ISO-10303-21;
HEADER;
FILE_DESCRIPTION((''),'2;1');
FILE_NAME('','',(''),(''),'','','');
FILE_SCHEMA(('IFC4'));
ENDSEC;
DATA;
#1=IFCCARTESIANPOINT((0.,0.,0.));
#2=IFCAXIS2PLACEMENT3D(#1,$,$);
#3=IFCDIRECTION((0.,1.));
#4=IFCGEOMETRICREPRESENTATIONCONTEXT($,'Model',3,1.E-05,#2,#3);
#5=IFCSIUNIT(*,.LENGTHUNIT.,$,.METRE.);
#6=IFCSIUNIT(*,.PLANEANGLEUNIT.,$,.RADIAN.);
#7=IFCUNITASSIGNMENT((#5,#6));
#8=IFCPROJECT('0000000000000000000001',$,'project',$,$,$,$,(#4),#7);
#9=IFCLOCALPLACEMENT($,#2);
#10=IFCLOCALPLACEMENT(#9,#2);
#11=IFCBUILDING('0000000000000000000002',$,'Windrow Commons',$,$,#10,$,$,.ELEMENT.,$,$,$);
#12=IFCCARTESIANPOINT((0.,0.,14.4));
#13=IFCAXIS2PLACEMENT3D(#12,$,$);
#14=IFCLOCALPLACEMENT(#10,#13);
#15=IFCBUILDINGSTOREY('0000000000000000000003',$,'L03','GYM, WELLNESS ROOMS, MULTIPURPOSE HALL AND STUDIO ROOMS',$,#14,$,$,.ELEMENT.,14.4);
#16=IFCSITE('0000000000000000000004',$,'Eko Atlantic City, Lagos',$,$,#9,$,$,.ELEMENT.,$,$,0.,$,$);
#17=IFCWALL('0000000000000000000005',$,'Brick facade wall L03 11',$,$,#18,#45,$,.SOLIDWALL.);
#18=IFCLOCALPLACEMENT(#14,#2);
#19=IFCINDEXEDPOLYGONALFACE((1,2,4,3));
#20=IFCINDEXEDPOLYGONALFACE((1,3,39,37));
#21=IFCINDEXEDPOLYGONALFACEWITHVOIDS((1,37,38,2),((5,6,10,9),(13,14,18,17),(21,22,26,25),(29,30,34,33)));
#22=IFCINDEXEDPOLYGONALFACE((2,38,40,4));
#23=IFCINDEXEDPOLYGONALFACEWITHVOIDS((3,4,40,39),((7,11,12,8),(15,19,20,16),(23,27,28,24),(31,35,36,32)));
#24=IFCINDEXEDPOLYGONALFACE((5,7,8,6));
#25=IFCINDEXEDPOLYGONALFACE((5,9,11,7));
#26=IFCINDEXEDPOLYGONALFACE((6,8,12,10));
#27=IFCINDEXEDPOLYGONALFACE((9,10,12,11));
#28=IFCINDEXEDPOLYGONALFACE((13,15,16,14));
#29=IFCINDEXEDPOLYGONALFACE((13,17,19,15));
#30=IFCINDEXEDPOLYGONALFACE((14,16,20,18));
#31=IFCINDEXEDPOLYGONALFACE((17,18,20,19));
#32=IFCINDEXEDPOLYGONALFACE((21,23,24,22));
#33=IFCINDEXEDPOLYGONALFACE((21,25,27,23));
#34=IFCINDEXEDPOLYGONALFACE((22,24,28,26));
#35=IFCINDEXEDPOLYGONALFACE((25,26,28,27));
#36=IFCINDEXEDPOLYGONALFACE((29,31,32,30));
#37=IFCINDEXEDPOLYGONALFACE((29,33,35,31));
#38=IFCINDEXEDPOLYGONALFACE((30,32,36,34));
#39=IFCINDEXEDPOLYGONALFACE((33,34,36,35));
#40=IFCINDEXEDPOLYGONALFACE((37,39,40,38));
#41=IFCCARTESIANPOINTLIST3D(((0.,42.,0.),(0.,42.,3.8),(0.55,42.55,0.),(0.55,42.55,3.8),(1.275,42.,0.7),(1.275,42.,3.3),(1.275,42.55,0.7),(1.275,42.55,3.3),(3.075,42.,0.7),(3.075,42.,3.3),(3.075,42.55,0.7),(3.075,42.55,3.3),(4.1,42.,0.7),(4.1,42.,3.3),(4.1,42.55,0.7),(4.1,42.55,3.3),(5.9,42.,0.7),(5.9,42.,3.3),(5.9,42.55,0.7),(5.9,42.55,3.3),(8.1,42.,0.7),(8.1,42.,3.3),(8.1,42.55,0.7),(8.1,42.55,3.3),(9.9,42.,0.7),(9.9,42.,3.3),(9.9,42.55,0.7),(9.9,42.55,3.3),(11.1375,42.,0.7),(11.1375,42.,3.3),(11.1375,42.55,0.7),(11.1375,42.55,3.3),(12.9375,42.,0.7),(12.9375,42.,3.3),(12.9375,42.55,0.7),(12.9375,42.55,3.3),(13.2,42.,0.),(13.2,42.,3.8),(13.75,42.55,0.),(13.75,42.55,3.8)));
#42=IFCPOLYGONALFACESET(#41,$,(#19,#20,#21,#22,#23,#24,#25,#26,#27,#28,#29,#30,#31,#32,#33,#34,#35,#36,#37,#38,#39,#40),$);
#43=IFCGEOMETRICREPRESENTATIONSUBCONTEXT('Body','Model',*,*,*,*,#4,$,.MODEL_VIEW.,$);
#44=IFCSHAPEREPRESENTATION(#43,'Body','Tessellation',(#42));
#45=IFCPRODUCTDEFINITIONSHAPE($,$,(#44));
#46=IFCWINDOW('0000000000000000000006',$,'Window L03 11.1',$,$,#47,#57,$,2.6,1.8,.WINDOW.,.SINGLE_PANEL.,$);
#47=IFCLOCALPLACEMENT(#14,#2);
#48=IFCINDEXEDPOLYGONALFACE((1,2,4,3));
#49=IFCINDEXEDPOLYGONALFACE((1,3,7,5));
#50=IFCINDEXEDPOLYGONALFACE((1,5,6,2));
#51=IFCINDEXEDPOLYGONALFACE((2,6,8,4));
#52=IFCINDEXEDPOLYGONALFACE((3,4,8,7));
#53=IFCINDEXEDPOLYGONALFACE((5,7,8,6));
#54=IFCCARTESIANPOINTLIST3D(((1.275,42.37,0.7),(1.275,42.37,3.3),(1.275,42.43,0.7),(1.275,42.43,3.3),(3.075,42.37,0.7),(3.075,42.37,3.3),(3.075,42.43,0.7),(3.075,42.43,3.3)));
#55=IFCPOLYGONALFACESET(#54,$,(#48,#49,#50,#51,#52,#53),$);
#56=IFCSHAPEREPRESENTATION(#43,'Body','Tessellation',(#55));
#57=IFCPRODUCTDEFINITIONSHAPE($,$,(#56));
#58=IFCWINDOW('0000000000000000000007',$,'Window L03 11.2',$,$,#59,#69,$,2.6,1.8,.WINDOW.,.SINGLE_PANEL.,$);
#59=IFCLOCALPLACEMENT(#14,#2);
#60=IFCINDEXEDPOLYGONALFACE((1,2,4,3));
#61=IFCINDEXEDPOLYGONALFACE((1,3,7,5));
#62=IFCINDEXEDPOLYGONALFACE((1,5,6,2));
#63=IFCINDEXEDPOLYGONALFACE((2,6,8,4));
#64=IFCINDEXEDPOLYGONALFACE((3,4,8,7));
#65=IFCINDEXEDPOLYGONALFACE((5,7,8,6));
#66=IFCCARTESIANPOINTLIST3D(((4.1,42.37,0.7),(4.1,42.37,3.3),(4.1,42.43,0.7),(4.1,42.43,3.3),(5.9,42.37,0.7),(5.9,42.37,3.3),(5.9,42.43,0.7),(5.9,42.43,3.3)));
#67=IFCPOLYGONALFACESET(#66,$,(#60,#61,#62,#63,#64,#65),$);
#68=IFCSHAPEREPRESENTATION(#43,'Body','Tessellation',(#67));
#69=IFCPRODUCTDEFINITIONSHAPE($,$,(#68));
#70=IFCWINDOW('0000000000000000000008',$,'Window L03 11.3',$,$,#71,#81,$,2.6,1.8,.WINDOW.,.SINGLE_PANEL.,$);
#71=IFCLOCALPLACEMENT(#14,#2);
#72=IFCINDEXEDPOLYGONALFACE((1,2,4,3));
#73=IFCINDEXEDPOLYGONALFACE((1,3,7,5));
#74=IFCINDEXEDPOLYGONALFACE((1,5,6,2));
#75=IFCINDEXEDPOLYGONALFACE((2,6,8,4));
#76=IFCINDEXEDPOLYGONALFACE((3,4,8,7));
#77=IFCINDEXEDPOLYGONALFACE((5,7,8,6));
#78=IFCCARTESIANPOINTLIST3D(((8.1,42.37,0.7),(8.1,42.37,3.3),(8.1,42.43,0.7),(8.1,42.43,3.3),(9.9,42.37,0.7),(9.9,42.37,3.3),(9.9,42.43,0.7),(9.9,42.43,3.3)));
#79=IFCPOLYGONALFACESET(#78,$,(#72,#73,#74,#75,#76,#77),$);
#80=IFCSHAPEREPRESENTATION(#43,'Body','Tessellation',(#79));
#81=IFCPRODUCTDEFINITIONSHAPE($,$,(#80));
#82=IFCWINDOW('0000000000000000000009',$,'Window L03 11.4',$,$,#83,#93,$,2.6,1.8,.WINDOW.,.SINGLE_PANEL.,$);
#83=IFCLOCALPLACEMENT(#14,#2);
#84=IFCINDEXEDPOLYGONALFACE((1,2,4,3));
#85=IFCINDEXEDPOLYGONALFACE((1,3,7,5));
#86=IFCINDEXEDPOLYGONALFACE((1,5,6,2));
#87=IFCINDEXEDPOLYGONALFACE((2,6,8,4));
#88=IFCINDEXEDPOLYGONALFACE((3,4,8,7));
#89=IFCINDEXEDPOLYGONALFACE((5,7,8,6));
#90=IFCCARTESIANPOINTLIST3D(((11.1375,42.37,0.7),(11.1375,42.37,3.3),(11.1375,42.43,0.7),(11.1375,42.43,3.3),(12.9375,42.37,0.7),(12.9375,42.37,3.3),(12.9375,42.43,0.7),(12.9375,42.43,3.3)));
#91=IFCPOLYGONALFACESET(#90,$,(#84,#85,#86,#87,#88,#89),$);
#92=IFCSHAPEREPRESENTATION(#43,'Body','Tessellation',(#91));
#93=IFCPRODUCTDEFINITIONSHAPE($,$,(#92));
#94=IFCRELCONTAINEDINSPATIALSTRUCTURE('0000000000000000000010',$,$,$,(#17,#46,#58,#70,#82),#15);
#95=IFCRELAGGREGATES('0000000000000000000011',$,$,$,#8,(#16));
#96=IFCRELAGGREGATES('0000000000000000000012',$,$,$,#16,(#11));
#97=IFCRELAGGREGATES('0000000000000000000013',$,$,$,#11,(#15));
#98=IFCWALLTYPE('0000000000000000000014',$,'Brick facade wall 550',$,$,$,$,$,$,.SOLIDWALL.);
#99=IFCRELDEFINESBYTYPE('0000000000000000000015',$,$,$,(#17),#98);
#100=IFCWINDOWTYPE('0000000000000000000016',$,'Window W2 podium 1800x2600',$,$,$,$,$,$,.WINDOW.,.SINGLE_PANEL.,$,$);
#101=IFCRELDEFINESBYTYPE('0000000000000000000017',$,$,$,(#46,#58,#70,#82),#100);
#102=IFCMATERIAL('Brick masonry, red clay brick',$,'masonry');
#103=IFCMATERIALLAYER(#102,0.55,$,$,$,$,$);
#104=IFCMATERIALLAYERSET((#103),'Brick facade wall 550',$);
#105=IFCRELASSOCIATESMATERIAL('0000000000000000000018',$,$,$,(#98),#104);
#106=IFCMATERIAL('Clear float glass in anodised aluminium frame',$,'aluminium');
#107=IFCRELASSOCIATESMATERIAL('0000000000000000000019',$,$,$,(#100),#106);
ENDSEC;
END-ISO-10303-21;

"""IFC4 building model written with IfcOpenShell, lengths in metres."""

from ifc_helpers import new_model, si_unit, direction, frame, frame_2d, origin, place, context, subcontext, project, spatial, polyline, rectangle, outline, extrude, material, layer, layer_set, type_object, element, fill, save


model = new_model("IFC4")

# Units and contexts
model_context = context("Model", 3, precision=1e-05, world=origin(), true_north=direction((0.0, 1.0)))
body_context = subcontext(model_context, "Body", "Model", "MODEL_VIEW")
ifc_project = project(units=[si_unit("LENGTHUNIT", "METRE"), si_unit("PLANEANGLEUNIT", "RADIAN")], contexts=[model_context])

# Site, building, storey
site_placement = place(None, origin())
site = spatial("IfcSite", under=ifc_project, at=site_placement, Name="Eko Atlantic City, Lagos", CompositionType="ELEMENT", RefElevation=0.0)
building_placement = place(site_placement, origin())
building = spatial("IfcBuilding", under=site, at=building_placement, Name="Windrow Commons", CompositionType="ELEMENT")
storey_placement = place(building_placement, frame((0.0, 0.0, 14.4)))
storey = spatial("IfcBuildingStorey", under=building, at=storey_placement, Name="L03", Description="GYM, WELLNESS ROOMS, MULTIPURPOSE HALL AND STUDIO ROOMS", CompositionType="ELEMENT", Elevation=14.4)

# Shared definitions
ifc_material_1 = material(Name="Brick masonry, red clay brick", Category="masonry")
ifc_layer_1 = layer(ifc_material_1, 0.55)
ifc_layer_set_1 = layer_set([ifc_layer_1], Name="Brick facade wall 550")
wall_type_1 = type_object("IfcWallType", Name="Brick facade wall 550", PredefinedType="SOLIDWALL", material=ifc_layer_set_1)

# Wall, openings, windows
wall_1_placement = place(storey_placement, frame((0.275, 42.275, 0.0), z_axis=(0.0, 0.0, 1.0), x_axis=(1.0, 0.0, 0.0)))
wall_1 = element("IfcWall", 1, at=wall_1_placement, inside=storey, type_object=wall_type_1, Name="Brick facade wall L03 11", PredefinedType="SOLIDWALL", context=body_context, shape_type="SweptSolid", body=[
    extrude(outline(polyline([(-0.275, -0.275), (12.925, -0.275), (13.475, 0.275), (0.275, 0.275), (-0.275, -0.275)])), origin(), (0.0, 0.0, 1.0), 3.8),
])
opening_1_placement = place(wall_1_placement, frame((1.0, 0.0, 0.7)))
opening_1 = element("IfcOpeningElement", 2, at=opening_1_placement, cuts=wall_1, PredefinedType="OPENING", context=body_context, shape_type="SweptSolid", body=[
    extrude(rectangle(XDim=1.8, YDim=2.6, at=frame_2d((0.9, 1.3))), frame((0.0, 0.285, 0.0), z_axis=(0.0, -1.0, 0.0), x_axis=(1.0, 0.0, 0.0)), (0.0, 0.0, 1.0), 0.57),
])
opening_2_placement = place(wall_1_placement, frame((3.825, 0.0, 0.7)))
opening_2 = element("IfcOpeningElement", 3, at=opening_2_placement, cuts=wall_1, PredefinedType="OPENING", context=body_context, shape_type="SweptSolid", body=[
    extrude(rectangle(XDim=1.8, YDim=2.6, at=frame_2d((0.9, 1.3))), frame((0.0, 0.285, 0.0), z_axis=(0.0, -1.0, 0.0), x_axis=(1.0, 0.0, 0.0)), (0.0, 0.0, 1.0), 0.57),
])
opening_3_placement = place(wall_1_placement, frame((7.825, 0.0, 0.7)))
opening_3 = element("IfcOpeningElement", 4, at=opening_3_placement, cuts=wall_1, PredefinedType="OPENING", context=body_context, shape_type="SweptSolid", body=[
    extrude(rectangle(XDim=1.8, YDim=2.6, at=frame_2d((0.9, 1.3))), frame((0.0, 0.285, 0.0), z_axis=(0.0, -1.0, 0.0), x_axis=(1.0, 0.0, 0.0)), (0.0, 0.0, 1.0), 0.57),
])
opening_4_placement = place(wall_1_placement, frame((10.8625, 0.0, 0.7)))
opening_4 = element("IfcOpeningElement", 5, at=opening_4_placement, cuts=wall_1, PredefinedType="OPENING", context=body_context, shape_type="SweptSolid", body=[
    extrude(rectangle(XDim=1.8, YDim=2.6, at=frame_2d((0.9, 1.3))), frame((0.0, 0.285, 0.0), z_axis=(0.0, -1.0, 0.0), x_axis=(1.0, 0.0, 0.0)), (0.0, 0.0, 1.0), 0.57),
])
ifc_material_2 = material(Name="Clear float glass in anodised aluminium frame", Category="aluminium")
window_type = type_object("IfcWindowType", Name="Window W2 podium 1800x2600", PartitioningType="SINGLE_PANEL", PredefinedType="WINDOW", material=ifc_material_2)
window_1_placement = place(opening_1_placement, origin())
window_1 = element("IfcWindow", 6, at=window_1_placement, inside=storey, type_object=window_type, Name="Window L03 11.1", OverallHeight=2.6, OverallWidth=1.8, PartitioningType="SINGLE_PANEL", PredefinedType="WINDOW", context=body_context, shape_type="SweptSolid", body=[
    extrude(rectangle(XDim=1.8, YDim=2.6, at=frame_2d((0.9, 1.3))), frame((0.0, 0.155, 0.0), z_axis=(0.0, -1.0, 0.0), x_axis=(1.0, 0.0, 0.0)), (0.0, 0.0, 1.0), 0.06),
])
fill(opening_1, window_1)
window_2_placement = place(opening_2_placement, origin())
window_2 = element("IfcWindow", 7, at=window_2_placement, inside=storey, type_object=window_type, Name="Window L03 11.2", OverallHeight=2.6, OverallWidth=1.8, PartitioningType="SINGLE_PANEL", PredefinedType="WINDOW", context=body_context, shape_type="SweptSolid", body=[
    extrude(rectangle(XDim=1.8, YDim=2.6, at=frame_2d((0.9, 1.3))), frame((0.0, 0.155, 0.0), z_axis=(0.0, -1.0, 0.0), x_axis=(1.0, 0.0, 0.0)), (0.0, 0.0, 1.0), 0.06),
])
fill(opening_2, window_2)
window_3_placement = place(opening_3_placement, origin())
window_3 = element("IfcWindow", 8, at=window_3_placement, inside=storey, type_object=window_type, Name="Window L03 11.3", OverallHeight=2.6, OverallWidth=1.8, PartitioningType="SINGLE_PANEL", PredefinedType="WINDOW", context=body_context, shape_type="SweptSolid", body=[
    extrude(rectangle(XDim=1.8, YDim=2.6, at=frame_2d((0.9, 1.3))), frame((0.0, 0.155, 0.0), z_axis=(0.0, -1.0, 0.0), x_axis=(1.0, 0.0, 0.0)), (0.0, 0.0, 1.0), 0.06),
])
fill(opening_3, window_3)
window_4_placement = place(opening_4_placement, origin())
window_4 = element("IfcWindow", 9, at=window_4_placement, inside=storey, type_object=window_type, Name="Window L03 11.4", OverallHeight=2.6, OverallWidth=1.8, PartitioningType="SINGLE_PANEL", PredefinedType="WINDOW", context=body_context, shape_type="SweptSolid", body=[
    extrude(rectangle(XDim=1.8, YDim=2.6, at=frame_2d((0.9, 1.3))), frame((0.0, 0.155, 0.0), z_axis=(0.0, -1.0, 0.0), x_axis=(1.0, 0.0, 0.0)), (0.0, 0.0, 1.0), 0.06),
])
fill(opening_4, window_4)

save(model, "model.ifc")
